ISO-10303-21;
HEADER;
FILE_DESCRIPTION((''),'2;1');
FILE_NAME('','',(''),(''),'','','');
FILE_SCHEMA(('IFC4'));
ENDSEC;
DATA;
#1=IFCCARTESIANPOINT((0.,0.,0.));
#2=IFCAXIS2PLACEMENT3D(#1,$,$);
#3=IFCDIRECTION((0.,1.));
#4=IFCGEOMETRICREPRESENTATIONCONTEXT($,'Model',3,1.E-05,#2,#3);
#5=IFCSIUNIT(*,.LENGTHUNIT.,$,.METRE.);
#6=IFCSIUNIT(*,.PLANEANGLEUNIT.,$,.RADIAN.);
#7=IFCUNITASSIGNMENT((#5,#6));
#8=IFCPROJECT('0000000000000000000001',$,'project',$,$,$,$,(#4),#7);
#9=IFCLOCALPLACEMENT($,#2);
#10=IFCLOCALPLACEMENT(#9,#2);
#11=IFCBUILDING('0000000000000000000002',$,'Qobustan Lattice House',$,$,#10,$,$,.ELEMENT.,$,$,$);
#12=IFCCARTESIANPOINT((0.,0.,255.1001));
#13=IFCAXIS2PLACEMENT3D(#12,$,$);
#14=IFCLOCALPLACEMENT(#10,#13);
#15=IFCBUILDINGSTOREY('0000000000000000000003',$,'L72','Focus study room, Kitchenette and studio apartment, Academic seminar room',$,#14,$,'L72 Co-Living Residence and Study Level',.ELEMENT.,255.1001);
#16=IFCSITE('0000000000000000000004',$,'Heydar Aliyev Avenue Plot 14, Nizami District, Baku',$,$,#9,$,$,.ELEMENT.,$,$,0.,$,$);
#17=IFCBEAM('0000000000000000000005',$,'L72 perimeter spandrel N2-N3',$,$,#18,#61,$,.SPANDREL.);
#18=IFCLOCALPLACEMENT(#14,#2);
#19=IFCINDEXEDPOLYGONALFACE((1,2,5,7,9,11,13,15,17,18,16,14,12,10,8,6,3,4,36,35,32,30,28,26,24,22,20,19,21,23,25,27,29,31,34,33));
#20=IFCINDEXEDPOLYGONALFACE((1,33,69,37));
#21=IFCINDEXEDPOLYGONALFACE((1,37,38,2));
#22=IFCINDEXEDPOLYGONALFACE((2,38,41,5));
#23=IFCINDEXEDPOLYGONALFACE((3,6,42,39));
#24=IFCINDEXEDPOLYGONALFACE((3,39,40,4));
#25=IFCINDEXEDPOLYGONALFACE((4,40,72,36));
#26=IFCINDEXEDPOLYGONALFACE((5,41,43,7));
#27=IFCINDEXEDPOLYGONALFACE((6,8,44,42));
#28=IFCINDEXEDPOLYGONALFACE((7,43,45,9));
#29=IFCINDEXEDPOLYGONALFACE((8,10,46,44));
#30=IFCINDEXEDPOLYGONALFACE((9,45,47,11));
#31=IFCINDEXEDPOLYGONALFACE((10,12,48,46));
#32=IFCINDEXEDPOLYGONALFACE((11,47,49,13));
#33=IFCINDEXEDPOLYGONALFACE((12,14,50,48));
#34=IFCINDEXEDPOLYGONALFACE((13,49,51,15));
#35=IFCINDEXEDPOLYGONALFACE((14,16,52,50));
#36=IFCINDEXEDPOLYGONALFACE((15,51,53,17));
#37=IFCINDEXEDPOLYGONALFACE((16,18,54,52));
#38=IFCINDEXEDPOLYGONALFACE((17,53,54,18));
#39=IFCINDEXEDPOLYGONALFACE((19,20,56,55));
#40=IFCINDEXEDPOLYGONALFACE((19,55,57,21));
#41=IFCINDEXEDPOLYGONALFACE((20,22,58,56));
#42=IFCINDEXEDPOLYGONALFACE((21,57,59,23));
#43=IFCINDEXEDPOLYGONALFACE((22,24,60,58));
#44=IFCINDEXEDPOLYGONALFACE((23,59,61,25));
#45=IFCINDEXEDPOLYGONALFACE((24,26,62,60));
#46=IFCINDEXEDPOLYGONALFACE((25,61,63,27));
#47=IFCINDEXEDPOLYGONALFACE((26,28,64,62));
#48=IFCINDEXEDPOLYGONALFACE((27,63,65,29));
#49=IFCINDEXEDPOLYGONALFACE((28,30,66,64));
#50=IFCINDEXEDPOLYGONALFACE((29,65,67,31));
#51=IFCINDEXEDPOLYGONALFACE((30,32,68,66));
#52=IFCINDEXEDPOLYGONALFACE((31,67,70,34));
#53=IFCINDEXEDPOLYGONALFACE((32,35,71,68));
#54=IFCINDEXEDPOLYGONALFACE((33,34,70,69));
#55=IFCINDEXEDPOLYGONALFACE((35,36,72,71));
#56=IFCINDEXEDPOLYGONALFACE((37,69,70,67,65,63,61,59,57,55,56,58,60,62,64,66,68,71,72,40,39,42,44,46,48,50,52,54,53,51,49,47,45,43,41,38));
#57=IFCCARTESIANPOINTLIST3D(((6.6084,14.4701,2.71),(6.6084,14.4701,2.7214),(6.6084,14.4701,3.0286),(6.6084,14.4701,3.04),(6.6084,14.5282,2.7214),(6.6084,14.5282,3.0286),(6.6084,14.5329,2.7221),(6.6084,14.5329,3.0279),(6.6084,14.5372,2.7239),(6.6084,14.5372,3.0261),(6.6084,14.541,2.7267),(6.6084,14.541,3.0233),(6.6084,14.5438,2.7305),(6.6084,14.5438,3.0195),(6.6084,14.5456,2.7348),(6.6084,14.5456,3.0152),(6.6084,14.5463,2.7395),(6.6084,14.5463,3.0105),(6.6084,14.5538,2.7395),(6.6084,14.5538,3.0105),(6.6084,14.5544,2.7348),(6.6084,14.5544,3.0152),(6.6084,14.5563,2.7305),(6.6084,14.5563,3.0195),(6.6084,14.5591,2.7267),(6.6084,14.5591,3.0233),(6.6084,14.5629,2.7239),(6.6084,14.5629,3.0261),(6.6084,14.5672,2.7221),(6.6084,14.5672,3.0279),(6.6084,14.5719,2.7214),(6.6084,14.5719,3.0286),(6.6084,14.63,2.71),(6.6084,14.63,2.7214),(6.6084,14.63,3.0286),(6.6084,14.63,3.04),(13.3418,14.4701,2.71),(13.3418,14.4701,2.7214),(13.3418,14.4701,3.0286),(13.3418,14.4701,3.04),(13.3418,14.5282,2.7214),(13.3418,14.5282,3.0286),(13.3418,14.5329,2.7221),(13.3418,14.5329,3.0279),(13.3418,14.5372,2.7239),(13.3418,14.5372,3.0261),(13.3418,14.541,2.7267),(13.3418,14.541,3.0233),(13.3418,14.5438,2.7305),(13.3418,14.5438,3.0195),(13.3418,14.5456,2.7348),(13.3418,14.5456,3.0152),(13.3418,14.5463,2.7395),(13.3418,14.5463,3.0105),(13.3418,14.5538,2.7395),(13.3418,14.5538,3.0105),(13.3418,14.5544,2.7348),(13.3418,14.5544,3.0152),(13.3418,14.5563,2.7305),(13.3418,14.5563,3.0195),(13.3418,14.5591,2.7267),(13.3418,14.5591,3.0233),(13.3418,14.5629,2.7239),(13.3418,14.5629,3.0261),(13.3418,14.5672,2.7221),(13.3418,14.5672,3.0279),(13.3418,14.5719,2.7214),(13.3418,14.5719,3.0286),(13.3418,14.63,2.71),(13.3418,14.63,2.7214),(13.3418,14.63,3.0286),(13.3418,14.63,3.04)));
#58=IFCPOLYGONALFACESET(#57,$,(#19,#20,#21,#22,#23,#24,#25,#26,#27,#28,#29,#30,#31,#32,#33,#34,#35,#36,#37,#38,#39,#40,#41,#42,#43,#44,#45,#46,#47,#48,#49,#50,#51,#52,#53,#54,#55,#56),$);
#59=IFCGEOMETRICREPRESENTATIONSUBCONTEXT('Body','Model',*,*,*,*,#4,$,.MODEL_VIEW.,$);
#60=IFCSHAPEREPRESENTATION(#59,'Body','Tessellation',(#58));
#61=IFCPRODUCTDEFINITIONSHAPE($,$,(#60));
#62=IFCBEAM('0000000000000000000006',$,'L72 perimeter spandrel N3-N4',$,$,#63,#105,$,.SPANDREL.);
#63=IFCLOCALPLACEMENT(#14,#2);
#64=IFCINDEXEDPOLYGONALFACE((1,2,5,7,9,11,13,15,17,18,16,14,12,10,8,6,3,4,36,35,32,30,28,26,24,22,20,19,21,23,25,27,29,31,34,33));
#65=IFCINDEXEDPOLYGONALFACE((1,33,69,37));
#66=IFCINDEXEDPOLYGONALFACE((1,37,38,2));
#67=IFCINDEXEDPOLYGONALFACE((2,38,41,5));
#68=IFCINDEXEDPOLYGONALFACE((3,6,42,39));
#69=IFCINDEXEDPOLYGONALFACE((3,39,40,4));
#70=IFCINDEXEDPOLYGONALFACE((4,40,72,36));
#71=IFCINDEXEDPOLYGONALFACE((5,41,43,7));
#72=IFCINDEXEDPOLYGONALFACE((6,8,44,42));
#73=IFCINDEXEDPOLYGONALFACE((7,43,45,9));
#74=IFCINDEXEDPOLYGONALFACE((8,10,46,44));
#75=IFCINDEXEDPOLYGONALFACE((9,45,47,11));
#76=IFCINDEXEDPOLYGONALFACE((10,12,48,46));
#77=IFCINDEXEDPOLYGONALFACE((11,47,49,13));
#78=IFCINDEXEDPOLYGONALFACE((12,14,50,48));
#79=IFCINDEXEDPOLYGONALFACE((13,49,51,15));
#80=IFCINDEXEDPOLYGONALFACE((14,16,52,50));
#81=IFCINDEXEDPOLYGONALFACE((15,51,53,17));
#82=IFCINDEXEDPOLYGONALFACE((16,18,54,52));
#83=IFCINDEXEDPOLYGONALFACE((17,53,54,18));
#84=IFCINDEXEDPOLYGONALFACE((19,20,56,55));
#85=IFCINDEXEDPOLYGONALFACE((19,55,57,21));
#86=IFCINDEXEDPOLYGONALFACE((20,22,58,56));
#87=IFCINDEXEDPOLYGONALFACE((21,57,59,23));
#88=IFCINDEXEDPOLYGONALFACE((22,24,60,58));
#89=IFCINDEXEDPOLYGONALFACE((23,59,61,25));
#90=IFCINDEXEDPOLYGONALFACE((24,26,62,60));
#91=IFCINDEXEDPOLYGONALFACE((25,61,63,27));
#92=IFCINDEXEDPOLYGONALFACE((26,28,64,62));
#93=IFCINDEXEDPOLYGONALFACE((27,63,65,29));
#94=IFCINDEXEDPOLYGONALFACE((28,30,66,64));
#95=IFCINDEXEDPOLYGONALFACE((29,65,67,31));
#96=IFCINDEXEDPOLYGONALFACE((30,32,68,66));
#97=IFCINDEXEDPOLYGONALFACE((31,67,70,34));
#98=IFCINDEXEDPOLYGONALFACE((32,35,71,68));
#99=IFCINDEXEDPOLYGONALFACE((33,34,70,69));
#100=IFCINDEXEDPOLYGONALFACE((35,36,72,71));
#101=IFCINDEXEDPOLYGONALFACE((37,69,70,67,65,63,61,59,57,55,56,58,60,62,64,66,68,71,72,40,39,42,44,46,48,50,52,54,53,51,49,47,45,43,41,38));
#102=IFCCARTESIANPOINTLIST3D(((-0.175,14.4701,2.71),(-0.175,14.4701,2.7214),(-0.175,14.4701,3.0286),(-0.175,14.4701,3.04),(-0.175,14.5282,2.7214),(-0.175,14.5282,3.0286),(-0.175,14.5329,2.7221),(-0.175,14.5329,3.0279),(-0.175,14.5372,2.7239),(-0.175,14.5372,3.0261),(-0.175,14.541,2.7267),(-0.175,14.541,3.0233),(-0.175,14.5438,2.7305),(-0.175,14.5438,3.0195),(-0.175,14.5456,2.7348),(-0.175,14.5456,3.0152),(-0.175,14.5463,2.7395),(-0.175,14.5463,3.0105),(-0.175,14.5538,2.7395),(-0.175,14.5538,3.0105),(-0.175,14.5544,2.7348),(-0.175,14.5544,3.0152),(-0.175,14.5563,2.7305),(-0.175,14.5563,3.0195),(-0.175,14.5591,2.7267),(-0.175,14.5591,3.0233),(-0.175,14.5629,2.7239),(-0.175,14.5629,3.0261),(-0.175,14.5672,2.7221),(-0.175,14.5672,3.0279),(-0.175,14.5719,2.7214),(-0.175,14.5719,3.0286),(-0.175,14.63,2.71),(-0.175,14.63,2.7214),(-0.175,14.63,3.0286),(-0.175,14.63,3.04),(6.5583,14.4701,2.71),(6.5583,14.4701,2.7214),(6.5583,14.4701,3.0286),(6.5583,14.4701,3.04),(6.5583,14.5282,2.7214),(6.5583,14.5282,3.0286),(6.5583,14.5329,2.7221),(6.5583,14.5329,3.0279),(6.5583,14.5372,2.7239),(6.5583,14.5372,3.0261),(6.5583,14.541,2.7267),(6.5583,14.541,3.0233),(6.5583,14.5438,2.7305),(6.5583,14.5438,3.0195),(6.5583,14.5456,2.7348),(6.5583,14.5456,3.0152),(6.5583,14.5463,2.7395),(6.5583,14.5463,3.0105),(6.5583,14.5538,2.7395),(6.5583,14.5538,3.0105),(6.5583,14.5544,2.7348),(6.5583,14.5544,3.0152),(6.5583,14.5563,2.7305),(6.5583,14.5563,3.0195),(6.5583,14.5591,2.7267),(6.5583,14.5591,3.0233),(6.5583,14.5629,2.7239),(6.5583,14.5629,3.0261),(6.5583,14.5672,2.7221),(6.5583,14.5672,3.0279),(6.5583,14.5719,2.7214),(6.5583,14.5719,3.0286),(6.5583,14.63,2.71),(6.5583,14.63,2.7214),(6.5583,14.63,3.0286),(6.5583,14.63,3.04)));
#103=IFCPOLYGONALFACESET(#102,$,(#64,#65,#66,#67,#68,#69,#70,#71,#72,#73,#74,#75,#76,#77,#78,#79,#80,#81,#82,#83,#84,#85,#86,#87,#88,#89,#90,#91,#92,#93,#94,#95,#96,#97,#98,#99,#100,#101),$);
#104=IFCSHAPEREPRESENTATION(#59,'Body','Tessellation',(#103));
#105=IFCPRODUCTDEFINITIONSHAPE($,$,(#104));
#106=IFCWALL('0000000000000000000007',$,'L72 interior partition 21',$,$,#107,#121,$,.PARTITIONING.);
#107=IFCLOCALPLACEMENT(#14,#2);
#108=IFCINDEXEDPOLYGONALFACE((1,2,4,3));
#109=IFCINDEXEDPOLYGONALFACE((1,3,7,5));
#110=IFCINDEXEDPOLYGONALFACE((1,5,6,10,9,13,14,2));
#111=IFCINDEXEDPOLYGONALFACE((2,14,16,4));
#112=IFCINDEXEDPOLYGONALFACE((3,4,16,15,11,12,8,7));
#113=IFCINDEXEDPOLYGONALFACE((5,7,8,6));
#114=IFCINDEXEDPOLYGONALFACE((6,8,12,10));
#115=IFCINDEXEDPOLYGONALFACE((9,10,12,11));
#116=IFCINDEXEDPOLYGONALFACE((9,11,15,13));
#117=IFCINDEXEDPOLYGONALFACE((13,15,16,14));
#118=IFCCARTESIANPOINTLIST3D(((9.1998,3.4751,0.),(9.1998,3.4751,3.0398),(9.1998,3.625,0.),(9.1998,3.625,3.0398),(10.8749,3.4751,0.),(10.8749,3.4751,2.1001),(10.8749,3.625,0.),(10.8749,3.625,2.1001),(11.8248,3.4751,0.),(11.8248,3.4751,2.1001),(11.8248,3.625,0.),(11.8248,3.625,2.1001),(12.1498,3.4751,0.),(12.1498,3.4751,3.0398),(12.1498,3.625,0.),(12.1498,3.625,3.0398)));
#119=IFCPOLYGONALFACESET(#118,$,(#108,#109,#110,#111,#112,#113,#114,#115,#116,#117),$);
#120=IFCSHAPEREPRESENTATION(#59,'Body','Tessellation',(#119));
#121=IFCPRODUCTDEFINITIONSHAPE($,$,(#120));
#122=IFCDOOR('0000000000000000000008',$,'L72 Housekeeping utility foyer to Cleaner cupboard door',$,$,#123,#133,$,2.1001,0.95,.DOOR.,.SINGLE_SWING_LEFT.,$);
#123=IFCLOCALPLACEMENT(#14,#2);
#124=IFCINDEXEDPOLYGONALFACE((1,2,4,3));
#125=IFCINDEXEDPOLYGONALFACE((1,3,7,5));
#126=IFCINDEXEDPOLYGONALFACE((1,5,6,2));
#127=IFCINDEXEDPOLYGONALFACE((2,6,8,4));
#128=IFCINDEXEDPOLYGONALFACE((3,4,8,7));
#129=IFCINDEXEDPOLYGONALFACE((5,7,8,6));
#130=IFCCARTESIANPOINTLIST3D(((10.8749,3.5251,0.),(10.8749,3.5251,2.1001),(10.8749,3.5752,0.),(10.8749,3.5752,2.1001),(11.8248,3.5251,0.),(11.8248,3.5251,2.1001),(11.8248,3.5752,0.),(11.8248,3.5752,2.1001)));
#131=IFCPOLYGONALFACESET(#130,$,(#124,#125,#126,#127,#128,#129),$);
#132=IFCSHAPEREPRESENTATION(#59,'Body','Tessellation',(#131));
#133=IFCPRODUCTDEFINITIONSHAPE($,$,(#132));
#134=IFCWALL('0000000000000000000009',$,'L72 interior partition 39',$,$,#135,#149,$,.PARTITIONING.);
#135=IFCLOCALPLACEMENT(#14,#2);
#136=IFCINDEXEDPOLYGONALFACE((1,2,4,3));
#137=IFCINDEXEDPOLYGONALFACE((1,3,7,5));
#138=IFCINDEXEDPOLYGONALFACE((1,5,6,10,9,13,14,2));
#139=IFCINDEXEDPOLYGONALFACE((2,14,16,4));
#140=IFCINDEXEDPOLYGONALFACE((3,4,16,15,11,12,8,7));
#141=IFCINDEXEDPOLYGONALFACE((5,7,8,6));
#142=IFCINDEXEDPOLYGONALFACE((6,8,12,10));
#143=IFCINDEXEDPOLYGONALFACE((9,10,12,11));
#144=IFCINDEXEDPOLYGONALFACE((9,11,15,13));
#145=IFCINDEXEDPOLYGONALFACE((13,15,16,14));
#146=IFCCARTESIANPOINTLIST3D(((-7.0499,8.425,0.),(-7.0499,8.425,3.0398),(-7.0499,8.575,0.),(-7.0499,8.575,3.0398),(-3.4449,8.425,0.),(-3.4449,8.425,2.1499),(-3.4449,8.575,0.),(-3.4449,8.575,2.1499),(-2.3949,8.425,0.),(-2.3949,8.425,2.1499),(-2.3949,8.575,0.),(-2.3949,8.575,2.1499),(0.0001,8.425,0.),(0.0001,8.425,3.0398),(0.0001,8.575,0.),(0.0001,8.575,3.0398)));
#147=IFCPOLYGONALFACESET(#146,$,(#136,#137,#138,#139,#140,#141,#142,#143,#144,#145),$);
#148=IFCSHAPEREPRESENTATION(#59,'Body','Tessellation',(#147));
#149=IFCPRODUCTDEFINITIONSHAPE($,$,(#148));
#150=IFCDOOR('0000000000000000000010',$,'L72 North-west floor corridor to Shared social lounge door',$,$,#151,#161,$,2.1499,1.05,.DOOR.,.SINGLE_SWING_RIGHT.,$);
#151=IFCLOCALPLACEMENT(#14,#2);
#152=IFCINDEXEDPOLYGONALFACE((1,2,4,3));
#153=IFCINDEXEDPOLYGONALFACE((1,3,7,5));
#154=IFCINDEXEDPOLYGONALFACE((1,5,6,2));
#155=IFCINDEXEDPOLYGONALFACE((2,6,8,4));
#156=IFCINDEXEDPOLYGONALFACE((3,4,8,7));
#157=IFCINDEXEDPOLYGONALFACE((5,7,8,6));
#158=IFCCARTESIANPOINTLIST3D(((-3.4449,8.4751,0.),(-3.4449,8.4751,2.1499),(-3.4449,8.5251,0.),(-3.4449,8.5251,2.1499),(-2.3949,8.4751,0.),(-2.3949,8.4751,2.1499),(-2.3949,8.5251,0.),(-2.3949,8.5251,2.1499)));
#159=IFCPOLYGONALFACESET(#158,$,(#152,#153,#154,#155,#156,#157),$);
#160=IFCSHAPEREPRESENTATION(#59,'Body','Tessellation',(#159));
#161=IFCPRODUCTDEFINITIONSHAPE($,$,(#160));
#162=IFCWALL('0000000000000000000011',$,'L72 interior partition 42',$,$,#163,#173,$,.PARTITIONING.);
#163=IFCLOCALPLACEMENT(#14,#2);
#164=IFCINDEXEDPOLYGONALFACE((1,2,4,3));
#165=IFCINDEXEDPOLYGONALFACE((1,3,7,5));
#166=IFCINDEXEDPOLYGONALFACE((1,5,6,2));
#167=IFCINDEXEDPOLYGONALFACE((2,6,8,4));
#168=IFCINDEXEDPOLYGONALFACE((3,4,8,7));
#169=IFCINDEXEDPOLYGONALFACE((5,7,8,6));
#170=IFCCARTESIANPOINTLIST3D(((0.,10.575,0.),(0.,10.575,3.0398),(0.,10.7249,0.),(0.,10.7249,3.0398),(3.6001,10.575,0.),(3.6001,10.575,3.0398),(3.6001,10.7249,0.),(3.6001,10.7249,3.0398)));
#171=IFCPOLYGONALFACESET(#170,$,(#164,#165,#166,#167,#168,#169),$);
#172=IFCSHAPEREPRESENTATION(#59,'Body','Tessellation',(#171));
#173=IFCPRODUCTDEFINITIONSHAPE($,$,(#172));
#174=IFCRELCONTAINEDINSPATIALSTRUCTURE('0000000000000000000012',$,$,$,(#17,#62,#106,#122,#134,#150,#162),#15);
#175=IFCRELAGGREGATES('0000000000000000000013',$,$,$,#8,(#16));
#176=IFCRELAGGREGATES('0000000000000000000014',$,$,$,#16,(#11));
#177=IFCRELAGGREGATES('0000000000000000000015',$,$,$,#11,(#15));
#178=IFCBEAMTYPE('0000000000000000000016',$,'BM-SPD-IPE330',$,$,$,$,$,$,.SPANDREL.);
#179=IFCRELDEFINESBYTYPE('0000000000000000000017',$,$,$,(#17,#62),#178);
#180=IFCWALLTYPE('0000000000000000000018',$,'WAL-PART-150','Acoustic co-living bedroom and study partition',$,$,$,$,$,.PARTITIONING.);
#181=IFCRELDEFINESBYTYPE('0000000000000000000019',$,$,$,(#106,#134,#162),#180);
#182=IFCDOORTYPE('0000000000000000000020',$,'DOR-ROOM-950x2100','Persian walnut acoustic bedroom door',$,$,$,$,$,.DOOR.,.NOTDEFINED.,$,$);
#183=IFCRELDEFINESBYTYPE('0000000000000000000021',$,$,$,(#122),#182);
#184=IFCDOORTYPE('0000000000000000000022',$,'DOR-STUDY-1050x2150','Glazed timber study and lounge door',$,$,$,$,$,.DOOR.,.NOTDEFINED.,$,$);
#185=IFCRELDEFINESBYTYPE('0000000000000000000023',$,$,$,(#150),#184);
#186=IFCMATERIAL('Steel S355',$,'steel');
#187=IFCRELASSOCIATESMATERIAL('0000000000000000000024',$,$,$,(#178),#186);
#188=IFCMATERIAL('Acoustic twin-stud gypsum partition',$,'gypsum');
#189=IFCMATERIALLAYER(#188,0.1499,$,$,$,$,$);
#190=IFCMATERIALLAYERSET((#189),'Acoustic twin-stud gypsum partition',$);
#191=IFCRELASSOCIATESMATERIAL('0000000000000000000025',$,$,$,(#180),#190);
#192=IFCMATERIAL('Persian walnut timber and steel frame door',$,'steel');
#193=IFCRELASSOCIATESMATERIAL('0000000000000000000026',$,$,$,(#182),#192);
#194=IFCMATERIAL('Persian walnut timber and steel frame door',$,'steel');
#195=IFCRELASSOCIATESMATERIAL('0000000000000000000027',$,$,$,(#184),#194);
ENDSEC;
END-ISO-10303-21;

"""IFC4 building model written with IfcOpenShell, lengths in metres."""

from ifc_helpers import new_model, si_unit, direction, frame, frame_2d, origin, origin_2d, place, context, subcontext, project, spatial, rectangle, i_section, extrude, material, layer, layer_set, material_profile, profile_set, type_object, element, fill, save


model = new_model("IFC4")

# Units and contexts
model_context = context("Model", 3, precision=1e-05, world=origin(), true_north=direction((0.0, 1.0)))
body_context = subcontext(model_context, "Body", "Model", "MODEL_VIEW")
ifc_project = project(units=[si_unit("LENGTHUNIT", "METRE"), si_unit("PLANEANGLEUNIT", "RADIAN")], contexts=[model_context])

# Site, building, storey
site_placement = place(None, origin())
site = spatial("IfcSite", under=ifc_project, at=site_placement, Name="Heydar Aliyev Avenue Plot 14, Nizami District, Baku", CompositionType="ELEMENT", RefElevation=0.0)
building_placement = place(site_placement, origin())
building = spatial("IfcBuilding", under=site, at=building_placement, Name="Qobustan Lattice House", CompositionType="ELEMENT")
storey_placement = place(building_placement, frame((0.0, 0.0, 255.1001)))
storey = spatial("IfcBuildingStorey", under=building, at=storey_placement, Name="L72", Description="Focus study room, Kitchenette and studio apartment, Academic seminar room", LongName="L72 Co-Living Residence and Study Level", CompositionType="ELEMENT", Elevation=255.1001)

# Beams
ifc_material_1 = material(Name="Steel S355", Category="steel")
ifc_material_profile_1 = material_profile(ifc_material_1, i_section(OverallWidth=0.1599, OverallDepth=0.3301, WebThickness=0.0076, FlangeThickness=0.0115, FilletRadius=0.0181, at=origin_2d()), Name="IPE330")
ifc_profile_set_1 = profile_set([ifc_material_profile_1], Name="Steel S355")
beam_type_1 = type_object("IfcBeamType", Name="BM-SPD-IPE330", PredefinedType="SPANDREL", material=ifc_profile_set_1)
for number, where, z_axis, x_axis, name in (
    (1, (13.3418, 14.55, 2.875), (-1.0, 0.0, 0.0), (0.0, -1.0, 0.0), "L72 perimeter spandrel N2-N3"),
    (2, (6.5583, 14.55, 2.875), (-1.0, 0.0, 0.0), (0.0, -1.0, 0.0), "L72 perimeter spandrel N3-N4"),
):
    element("IfcBeam", number, at=place(storey_placement, frame(where, z_axis=z_axis, x_axis=x_axis)), inside=storey, type_object=beam_type_1, Name=name, PredefinedType="SPANDREL", context=body_context, shape_type="SweptSolid", body=[
        extrude(i_section(OverallWidth=0.1599, OverallDepth=0.3301, WebThickness=0.0076, FlangeThickness=0.0115, FilletRadius=0.0181, at=origin_2d()), origin(), (0.0, 0.0, 1.0), 6.7334),
    ])

# Walls, openings, doors
ifc_material_2 = material(Name="Acoustic twin-stud gypsum partition", Category="gypsum")
ifc_layer_1 = layer(ifc_material_2, 0.1499)
ifc_layer_set_1 = layer_set([ifc_layer_1], Name="Acoustic twin-stud gypsum partition")
wall_type_1 = type_object("IfcWallType", Name="WAL-PART-150", Description="Acoustic co-living bedroom and study partition", PredefinedType="PARTITIONING", material=ifc_layer_set_1)
wall_1_placement = place(storey_placement, frame((12.1499, 3.55, 0.0), z_axis=(0.0, 0.0, 1.0), x_axis=(-1.0, 0.0, 0.0)))
wall_1 = element("IfcWall", 3, at=wall_1_placement, inside=storey, type_object=wall_type_1, Name="L72 interior partition 21", PredefinedType="PARTITIONING", context=body_context, shape_type="SweptSolid", body=[
    extrude(rectangle(XDim=2.95, YDim=0.1499, at=frame_2d((1.4751, 0.0))), origin(), (0.0, 0.0, 1.0), 3.0398),
])
opening_1_placement = place(wall_1_placement, frame((0.325, 0.0, 0.0)))
opening_1 = element("IfcOpeningElement", 4, at=opening_1_placement, cuts=wall_1, PredefinedType="OPENING", context=body_context, shape_type="SweptSolid", body=[
    extrude(rectangle(XDim=0.95, YDim=2.1001, at=frame_2d((0.4751, 1.05))), frame((0.0, 0.085, 0.0), z_axis=(0.0, -1.0, 0.0), x_axis=(1.0, 0.0, 0.0)), (0.0, 0.0, 1.0), 0.1699),
])
ifc_material_3 = material(Name="Persian walnut timber and steel frame door", Category="steel")
door_type_1 = type_object("IfcDoorType", Name="DOR-ROOM-950x2100", Description="Persian walnut acoustic bedroom door", OperationType="NOTDEFINED", PredefinedType="DOOR", material=ifc_material_3)
door_1_placement = place(opening_1_placement, origin())
door_1 = element("IfcDoor", 5, at=door_1_placement, inside=storey, type_object=door_type_1, Name="L72 Housekeeping utility foyer to Cleaner cupboard door", OperationType="SINGLE_SWING_LEFT", OverallHeight=2.1001, OverallWidth=0.95, PredefinedType="DOOR", context=body_context, shape_type="SweptSolid", body=[
    extrude(rectangle(XDim=0.95, YDim=2.1001, at=frame_2d((0.4751, 1.05))), frame((0.0, 0.0249, 0.0), z_axis=(0.0, -1.0, 0.0), x_axis=(1.0, 0.0, 0.0)), (0.0, 0.0, 1.0), 0.05),
])
fill(opening_1, door_1)
wall_2_placement = place(storey_placement, frame((0.0, 8.5, 0.0), z_axis=(0.0, 0.0, 1.0), x_axis=(-1.0, 0.0, 0.0)))
wall_2 = element("IfcWall", 6, at=wall_2_placement, inside=storey, type_object=wall_type_1, Name="L72 interior partition 39", PredefinedType="PARTITIONING", context=body_context, shape_type="SweptSolid", body=[
    extrude(rectangle(XDim=7.05, YDim=0.1499, at=frame_2d((3.5249, 0.0))), origin(), (0.0, 0.0, 1.0), 3.0398),
])
opening_2_placement = place(wall_2_placement, frame((2.395, 0.0, 0.0)))
opening_2 = element("IfcOpeningElement", 7, at=opening_2_placement, cuts=wall_2, PredefinedType="OPENING", context=body_context, shape_type="SweptSolid", body=[
    extrude(rectangle(XDim=1.05, YDim=2.1499, at=frame_2d((0.5249, 1.075))), frame((0.0, 0.085, 0.0), z_axis=(0.0, -1.0, 0.0), x_axis=(1.0, 0.0, 0.0)), (0.0, 0.0, 1.0), 0.1699),
])
ifc_material_4 = material(Name="Persian walnut timber and steel frame door", Category="steel")
door_type_2 = type_object("IfcDoorType", Name="DOR-STUDY-1050x2150", Description="Glazed timber study and lounge door", OperationType="NOTDEFINED", PredefinedType="DOOR", material=ifc_material_4)
door_2_placement = place(opening_2_placement, origin())
door_2 = element("IfcDoor", 8, at=door_2_placement, inside=storey, type_object=door_type_2, Name="L72 North-west floor corridor to Shared social lounge door", OperationType="SINGLE_SWING_RIGHT", OverallHeight=2.1499, OverallWidth=1.05, PredefinedType="DOOR", context=body_context, shape_type="SweptSolid", body=[
    extrude(rectangle(XDim=1.05, YDim=2.1499, at=frame_2d((0.5249, 1.075))), frame((0.0, 0.0249, 0.0), z_axis=(0.0, -1.0, 0.0), x_axis=(1.0, 0.0, 0.0)), (0.0, 0.0, 1.0), 0.05),
])
fill(opening_2, door_2)

# Wall
wall_3_placement = place(storey_placement, frame((0.0, 10.6499, 0.0), z_axis=(0.0, 0.0, 1.0), x_axis=(1.0, 0.0, 0.0)))
element("IfcWall", 9, at=wall_3_placement, inside=storey, type_object=wall_type_1, Name="L72 interior partition 42", PredefinedType="PARTITIONING", context=body_context, shape_type="SweptSolid", body=[
    extrude(rectangle(XDim=3.6001, YDim=0.1499, at=frame_2d((1.8, 0.0))), origin(), (0.0, 0.0, 1.0), 3.0398),
])

save(model, "model.ifc")
